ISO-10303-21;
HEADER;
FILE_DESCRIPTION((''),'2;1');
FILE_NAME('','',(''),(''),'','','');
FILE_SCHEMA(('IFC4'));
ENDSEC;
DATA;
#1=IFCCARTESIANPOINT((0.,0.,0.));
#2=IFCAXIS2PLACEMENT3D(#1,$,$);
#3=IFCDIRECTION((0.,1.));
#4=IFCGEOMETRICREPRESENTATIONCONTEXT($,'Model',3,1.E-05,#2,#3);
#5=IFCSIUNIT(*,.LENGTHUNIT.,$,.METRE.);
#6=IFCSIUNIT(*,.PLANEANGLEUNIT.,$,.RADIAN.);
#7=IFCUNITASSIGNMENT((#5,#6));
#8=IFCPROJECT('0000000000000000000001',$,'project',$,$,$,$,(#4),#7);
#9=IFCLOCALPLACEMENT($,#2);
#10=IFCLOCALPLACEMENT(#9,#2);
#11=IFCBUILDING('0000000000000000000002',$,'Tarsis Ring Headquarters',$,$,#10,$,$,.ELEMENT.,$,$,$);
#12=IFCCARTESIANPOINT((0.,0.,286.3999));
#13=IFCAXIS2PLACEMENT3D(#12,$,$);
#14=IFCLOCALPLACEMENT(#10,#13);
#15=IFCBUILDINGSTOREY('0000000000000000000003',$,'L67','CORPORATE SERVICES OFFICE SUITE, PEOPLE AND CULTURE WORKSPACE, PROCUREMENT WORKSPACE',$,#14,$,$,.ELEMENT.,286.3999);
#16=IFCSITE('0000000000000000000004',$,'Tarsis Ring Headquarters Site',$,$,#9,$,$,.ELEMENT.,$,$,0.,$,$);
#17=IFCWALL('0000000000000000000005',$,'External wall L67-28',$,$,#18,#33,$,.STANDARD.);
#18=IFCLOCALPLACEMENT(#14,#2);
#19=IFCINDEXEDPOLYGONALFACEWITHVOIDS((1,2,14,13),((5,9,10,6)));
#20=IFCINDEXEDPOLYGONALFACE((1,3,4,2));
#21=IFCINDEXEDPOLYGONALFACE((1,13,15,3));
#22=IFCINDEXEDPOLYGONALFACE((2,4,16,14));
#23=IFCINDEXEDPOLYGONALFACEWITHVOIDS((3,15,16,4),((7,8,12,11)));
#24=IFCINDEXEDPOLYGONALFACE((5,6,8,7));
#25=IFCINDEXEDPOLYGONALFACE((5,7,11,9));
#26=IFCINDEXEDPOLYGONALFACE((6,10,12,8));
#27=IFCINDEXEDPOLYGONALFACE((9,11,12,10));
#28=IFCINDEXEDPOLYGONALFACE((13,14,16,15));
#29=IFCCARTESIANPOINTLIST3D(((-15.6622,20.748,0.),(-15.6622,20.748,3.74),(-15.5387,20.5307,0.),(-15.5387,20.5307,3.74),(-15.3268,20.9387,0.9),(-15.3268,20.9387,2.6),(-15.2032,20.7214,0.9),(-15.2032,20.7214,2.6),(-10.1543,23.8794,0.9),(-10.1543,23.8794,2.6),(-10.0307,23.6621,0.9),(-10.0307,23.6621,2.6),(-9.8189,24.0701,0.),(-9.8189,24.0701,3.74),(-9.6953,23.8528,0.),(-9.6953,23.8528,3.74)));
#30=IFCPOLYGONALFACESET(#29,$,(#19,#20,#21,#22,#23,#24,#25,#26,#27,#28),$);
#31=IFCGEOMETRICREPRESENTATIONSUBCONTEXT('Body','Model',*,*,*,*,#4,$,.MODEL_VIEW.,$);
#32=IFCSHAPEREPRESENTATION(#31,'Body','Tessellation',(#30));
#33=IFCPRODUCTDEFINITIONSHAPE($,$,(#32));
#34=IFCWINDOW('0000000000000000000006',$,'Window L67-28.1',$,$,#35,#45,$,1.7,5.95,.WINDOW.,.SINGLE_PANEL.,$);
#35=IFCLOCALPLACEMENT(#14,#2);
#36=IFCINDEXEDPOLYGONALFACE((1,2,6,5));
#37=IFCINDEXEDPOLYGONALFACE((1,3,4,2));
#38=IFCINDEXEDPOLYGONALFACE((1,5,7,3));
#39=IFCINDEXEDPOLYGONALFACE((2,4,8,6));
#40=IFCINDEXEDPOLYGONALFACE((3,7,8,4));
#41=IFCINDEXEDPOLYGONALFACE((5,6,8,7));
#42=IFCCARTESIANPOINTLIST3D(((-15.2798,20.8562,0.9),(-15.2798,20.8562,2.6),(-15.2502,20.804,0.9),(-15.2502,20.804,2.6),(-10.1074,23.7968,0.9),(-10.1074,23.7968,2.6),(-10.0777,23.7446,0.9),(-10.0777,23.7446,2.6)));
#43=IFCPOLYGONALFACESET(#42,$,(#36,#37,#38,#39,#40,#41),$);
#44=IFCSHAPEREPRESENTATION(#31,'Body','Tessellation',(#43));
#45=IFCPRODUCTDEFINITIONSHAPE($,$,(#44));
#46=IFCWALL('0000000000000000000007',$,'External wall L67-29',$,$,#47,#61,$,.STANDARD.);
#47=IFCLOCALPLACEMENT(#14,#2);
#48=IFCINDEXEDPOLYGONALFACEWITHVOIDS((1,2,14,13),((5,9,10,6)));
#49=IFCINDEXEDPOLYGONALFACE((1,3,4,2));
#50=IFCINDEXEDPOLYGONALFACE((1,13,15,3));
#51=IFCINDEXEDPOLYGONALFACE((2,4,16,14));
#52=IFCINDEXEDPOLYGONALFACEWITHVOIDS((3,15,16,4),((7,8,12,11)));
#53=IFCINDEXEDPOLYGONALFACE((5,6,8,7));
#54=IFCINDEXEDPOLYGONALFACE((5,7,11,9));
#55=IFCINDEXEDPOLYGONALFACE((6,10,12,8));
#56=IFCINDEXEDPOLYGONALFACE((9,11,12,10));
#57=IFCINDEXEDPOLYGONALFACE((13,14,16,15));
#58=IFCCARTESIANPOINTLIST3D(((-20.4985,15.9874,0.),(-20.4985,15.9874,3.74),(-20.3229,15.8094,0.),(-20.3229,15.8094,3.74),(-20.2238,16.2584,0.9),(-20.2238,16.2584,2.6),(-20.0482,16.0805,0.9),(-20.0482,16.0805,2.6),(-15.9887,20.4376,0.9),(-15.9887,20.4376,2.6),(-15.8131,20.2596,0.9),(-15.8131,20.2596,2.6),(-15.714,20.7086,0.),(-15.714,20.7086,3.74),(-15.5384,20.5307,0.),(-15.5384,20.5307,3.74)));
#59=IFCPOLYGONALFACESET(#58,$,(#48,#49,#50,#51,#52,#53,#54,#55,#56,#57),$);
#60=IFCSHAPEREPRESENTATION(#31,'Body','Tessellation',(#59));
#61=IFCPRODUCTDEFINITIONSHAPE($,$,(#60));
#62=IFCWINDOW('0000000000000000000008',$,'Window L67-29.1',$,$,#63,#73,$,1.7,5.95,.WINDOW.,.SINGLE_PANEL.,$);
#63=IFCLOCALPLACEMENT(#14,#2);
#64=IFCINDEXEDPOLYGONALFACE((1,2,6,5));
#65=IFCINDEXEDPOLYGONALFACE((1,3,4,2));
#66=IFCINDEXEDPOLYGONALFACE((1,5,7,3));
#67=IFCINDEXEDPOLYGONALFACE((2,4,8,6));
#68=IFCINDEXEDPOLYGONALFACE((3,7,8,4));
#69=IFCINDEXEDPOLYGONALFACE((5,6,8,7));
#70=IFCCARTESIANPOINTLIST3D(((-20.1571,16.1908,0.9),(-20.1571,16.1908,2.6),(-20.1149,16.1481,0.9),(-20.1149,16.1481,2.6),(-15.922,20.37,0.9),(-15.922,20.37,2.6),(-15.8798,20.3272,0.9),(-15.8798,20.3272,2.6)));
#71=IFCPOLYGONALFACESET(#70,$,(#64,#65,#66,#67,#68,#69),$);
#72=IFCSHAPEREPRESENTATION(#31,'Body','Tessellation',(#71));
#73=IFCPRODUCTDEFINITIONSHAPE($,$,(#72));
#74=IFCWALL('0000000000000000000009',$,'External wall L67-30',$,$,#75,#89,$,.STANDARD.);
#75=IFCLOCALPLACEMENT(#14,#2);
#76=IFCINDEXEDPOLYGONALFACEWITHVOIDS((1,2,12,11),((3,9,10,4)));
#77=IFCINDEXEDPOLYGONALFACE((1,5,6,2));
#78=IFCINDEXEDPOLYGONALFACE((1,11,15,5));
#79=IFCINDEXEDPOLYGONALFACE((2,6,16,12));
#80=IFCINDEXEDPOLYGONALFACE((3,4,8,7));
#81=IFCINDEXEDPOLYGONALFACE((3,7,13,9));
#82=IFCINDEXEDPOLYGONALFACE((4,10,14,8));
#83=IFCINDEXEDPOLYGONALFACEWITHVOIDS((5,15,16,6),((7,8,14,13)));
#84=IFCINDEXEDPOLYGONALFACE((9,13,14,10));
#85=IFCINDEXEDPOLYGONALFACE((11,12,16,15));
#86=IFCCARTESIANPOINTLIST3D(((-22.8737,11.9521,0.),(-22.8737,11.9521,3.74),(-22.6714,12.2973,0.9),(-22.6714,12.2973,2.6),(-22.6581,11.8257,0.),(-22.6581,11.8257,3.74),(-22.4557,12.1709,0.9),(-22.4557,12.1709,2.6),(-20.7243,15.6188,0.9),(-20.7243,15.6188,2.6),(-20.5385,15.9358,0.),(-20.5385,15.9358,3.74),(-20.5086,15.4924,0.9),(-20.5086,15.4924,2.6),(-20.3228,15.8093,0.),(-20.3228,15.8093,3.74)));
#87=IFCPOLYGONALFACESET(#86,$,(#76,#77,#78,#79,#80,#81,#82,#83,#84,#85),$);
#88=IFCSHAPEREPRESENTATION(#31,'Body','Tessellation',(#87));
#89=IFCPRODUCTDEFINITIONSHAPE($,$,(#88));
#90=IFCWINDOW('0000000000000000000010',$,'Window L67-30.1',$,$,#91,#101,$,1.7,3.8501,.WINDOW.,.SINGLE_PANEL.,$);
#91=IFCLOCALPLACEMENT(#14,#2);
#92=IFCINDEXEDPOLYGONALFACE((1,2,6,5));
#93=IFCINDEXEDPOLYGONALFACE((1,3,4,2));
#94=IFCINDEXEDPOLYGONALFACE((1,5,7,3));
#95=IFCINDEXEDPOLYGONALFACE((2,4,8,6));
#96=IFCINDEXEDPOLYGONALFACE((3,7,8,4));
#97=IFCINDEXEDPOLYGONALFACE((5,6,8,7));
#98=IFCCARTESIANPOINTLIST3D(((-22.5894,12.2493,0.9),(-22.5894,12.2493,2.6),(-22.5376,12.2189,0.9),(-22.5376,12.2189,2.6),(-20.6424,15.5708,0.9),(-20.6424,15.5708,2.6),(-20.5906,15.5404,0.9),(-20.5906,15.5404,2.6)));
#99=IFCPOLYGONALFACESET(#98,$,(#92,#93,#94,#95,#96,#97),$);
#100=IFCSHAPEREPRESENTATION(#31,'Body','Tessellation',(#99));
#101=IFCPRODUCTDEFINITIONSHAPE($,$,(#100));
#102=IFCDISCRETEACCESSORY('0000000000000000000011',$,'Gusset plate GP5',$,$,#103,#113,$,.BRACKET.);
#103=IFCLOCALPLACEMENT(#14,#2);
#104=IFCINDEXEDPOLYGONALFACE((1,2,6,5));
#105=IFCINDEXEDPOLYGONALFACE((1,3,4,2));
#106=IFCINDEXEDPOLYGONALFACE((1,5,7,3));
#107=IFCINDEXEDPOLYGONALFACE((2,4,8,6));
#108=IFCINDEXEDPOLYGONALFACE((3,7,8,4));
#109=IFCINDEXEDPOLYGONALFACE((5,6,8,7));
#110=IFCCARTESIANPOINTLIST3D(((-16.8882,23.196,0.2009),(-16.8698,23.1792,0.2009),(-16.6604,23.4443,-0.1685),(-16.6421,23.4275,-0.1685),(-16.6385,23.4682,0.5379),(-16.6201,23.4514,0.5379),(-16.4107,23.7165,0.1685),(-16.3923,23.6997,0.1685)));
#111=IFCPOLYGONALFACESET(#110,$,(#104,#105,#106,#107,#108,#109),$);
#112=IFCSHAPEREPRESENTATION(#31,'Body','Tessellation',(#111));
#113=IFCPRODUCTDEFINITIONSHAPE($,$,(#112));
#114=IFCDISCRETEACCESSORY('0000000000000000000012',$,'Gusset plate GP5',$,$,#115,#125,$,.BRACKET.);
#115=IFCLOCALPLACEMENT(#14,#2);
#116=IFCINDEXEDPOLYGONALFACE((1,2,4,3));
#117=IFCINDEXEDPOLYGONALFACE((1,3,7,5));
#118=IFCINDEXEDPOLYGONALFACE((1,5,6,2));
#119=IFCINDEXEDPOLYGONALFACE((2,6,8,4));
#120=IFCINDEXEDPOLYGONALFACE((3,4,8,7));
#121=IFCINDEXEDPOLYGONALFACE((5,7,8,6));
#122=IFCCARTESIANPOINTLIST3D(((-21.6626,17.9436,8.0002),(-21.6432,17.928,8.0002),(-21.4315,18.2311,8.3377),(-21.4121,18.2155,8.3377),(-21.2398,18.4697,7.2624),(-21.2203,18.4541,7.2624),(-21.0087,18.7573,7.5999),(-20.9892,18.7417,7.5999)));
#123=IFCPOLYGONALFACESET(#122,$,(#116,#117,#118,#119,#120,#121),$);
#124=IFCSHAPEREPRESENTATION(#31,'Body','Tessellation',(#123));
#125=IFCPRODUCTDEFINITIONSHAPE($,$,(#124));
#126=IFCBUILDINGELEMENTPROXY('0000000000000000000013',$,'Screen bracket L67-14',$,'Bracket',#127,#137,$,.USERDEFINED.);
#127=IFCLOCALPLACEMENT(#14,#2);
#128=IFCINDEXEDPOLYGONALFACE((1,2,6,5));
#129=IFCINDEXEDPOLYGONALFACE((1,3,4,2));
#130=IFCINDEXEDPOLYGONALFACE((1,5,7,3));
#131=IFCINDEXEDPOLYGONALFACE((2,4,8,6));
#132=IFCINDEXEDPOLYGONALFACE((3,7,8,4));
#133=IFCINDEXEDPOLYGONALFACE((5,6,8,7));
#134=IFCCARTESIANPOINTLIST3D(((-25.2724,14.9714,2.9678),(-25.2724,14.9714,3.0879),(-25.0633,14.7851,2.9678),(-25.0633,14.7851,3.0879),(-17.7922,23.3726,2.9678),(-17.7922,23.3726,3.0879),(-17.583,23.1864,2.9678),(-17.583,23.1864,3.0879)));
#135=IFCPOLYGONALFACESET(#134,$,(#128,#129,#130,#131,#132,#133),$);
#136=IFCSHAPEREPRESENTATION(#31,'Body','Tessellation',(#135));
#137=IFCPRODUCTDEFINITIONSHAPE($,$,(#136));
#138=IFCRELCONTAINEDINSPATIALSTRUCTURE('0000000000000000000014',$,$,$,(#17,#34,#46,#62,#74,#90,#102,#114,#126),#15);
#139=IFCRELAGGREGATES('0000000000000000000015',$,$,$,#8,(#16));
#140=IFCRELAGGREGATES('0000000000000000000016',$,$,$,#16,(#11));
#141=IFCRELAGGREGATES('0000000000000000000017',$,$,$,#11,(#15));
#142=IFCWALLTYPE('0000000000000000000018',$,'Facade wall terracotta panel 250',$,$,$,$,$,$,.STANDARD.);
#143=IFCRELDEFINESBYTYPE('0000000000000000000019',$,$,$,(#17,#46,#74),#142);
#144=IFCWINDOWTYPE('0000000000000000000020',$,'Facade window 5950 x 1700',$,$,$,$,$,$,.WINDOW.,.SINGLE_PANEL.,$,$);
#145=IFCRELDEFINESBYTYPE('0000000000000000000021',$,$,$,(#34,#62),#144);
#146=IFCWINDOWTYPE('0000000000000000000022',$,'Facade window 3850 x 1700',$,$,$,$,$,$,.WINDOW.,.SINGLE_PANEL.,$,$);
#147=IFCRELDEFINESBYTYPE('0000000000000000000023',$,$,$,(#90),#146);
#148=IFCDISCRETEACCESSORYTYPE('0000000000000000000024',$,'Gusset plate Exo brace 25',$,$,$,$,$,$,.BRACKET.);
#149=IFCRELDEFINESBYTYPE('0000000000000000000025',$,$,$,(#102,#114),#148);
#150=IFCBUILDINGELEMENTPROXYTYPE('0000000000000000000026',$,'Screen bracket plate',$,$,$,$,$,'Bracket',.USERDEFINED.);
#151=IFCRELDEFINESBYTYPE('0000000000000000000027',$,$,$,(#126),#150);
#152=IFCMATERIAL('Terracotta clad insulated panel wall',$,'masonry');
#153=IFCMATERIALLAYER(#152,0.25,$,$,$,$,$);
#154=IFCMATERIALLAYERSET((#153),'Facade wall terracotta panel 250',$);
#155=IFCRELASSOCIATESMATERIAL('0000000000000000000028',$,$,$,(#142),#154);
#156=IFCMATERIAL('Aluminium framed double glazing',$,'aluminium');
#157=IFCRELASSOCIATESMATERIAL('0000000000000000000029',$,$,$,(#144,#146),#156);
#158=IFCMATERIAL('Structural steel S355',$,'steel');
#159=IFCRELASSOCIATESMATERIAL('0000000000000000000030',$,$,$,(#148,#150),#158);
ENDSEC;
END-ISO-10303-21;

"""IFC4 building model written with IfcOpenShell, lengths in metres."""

from ifc_helpers import new_model, si_unit, direction, frame, frame_2d, origin, origin_2d, place, context, subcontext, project, spatial, rectangle, extrude, material, layer, layer_set, material_profile, profile_set, type_object, element, fill, save


model = new_model("IFC4")

# Units and contexts
model_context = context("Model", 3, precision=1e-05, world=origin(), true_north=direction((0.0, 1.0)))
body_context = subcontext(model_context, "Body", "Model", "MODEL_VIEW")
ifc_project = project(units=[si_unit("LENGTHUNIT", "METRE"), si_unit("PLANEANGLEUNIT", "RADIAN")], contexts=[model_context])

# Site, building, storey
site_placement = place(None, origin())
site = spatial("IfcSite", under=ifc_project, at=site_placement, Name="Tarsis Ring Headquarters Site", CompositionType="ELEMENT", RefElevation=0.0)
building_placement = place(site_placement, origin())
building = spatial("IfcBuilding", under=site, at=building_placement, Name="Tarsis Ring Headquarters", CompositionType="ELEMENT")
storey_placement = place(building_placement, frame((0.0, 0.0, 286.3999)))
storey = spatial("IfcBuildingStorey", under=building, at=storey_placement, Name="L67", Description="CORPORATE SERVICES OFFICE SUITE, PEOPLE AND CULTURE WORKSPACE, PROCUREMENT WORKSPACE", CompositionType="ELEMENT", Elevation=286.3999)

# Shared definitions
ifc_material_1 = material(Name="Structural steel S355", Category="steel")

# Walls, openings, windows
ifc_material_2 = material(Name="Terracotta clad insulated panel wall", Category="masonry")
ifc_layer_1 = layer(ifc_material_2, 0.25)
ifc_layer_set_1 = layer_set([ifc_layer_1], Name="Facade wall terracotta panel 250")
wall_type_1 = type_object("IfcWallType", Name="Facade wall terracotta panel 250", PredefinedType="STANDARD", material=ifc_layer_set_1)
wall_1_placement = place(storey_placement, frame((-9.7571, 23.9614, 0.0), z_axis=(0.0, 0.0, 1.0), x_axis=(-0.86933, -0.494233, 0.0)))
wall_1 = element("IfcWall", 1, at=wall_1_placement, inside=storey, type_object=wall_type_1, Name="External wall L67-28", PredefinedType="STANDARD", context=body_context, shape_type="SweptSolid", body=[
    extrude(rectangle(XDim=6.7217, YDim=0.25, at=frame_2d((3.3608, 0.0))), origin(), (0.0, 0.0, 1.0), 3.74),
])
opening_1_placement = place(wall_1_placement, frame((0.3857, 0.0, 0.8999)))
opening_1 = element("IfcOpeningElement", 2, at=opening_1_placement, cuts=wall_1, PredefinedType="OPENING", context=body_context, shape_type="SweptSolid", body=[
    extrude(rectangle(XDim=5.95, YDim=1.7, at=frame_2d((2.9751, 0.8501))), frame((0.0, 0.135, 0.0), z_axis=(0.0, -1.0, 0.0), x_axis=(1.0, 0.0, 0.0)), (0.0, 0.0, 1.0), 0.27),
])
ifc_material_3 = material(Name="Aluminium framed double glazing", Category="aluminium")
window_type_1 = type_object("IfcWindowType", Name="Facade window 5950 x 1700", PartitioningType="SINGLE_PANEL", PredefinedType="WINDOW", material=ifc_material_3)
window_1_placement = place(opening_1_placement, origin())
window_1 = element("IfcWindow", 3, at=window_1_placement, inside=storey, type_object=window_type_1, Name="Window L67-28.1", OverallHeight=1.7, OverallWidth=5.95, PartitioningType="SINGLE_PANEL", PredefinedType="WINDOW", context=body_context, shape_type="SweptSolid", body=[
    extrude(rectangle(XDim=5.95, YDim=1.7, at=frame_2d((2.9751, 0.8501))), frame((0.0, 0.03, 0.0), z_axis=(0.0, -1.0, 0.0), x_axis=(1.0, 0.0, 0.0)), (0.0, 0.0, 1.0), 0.0601),
])
fill(opening_1, window_1)
wall_2_placement = place(storey_placement, frame((-15.6262, 20.6196, 0.0), z_axis=(0.0, 0.0, 1.0), x_axis=(-0.711795, -0.702387, 0.0)))
wall_2 = element("IfcWall", 4, at=wall_2_placement, inside=storey, type_object=wall_type_1, Name="External wall L67-29", PredefinedType="STANDARD", context=body_context, shape_type="SweptSolid", body=[
    extrude(rectangle(XDim=6.7217, YDim=0.25, at=frame_2d((3.3608, 0.0))), origin(), (0.0, 0.0, 1.0), 3.74),
])
opening_2_placement = place(wall_2_placement, frame((0.3857, 0.0, 0.8999)))
opening_2 = element("IfcOpeningElement", 5, at=opening_2_placement, cuts=wall_2, PredefinedType="OPENING", context=body_context, shape_type="SweptSolid", body=[
    extrude(rectangle(XDim=5.95, YDim=1.7, at=frame_2d((2.9751, 0.8501))), frame((0.0, 0.135, 0.0), z_axis=(0.0, -1.0, 0.0), x_axis=(1.0, 0.0, 0.0)), (0.0, 0.0, 1.0), 0.27),
])
window_2_placement = place(opening_2_placement, origin())
window_2 = element("IfcWindow", 6, at=window_2_placement, inside=storey, type_object=window_type_1, Name="Window L67-29.1", OverallHeight=1.7, OverallWidth=5.95, PartitioningType="SINGLE_PANEL", PredefinedType="WINDOW", context=body_context, shape_type="SweptSolid", body=[
    extrude(rectangle(XDim=5.95, YDim=1.7, at=frame_2d((2.9751, 0.8501))), frame((0.0, 0.03, 0.0), z_axis=(0.0, -1.0, 0.0), x_axis=(1.0, 0.0, 0.0)), (0.0, 0.0, 1.0), 0.0601),
])
fill(opening_2, window_2)
wall_3_placement = place(storey_placement, frame((-20.4307, 15.8726, 0.0), z_axis=(0.0, 0.0, 1.0), x_axis=(-0.505714, -0.862701, 0.0)))
wall_3 = element("IfcWall", 7, at=wall_3_placement, inside=storey, type_object=wall_type_1, Name="External wall L67-30", PredefinedType="STANDARD", context=body_context, shape_type="SweptSolid", body=[
    extrude(rectangle(XDim=4.6177, YDim=0.25, at=frame_2d((2.3088, 0.0))), origin(), (0.0, 0.0, 1.0), 3.74),
])
opening_3_placement = place(wall_3_placement, frame((0.3674, 0.0, 0.8999)))
opening_3 = element("IfcOpeningElement", 8, at=opening_3_placement, cuts=wall_3, PredefinedType="OPENING", context=body_context, shape_type="SweptSolid", body=[
    extrude(rectangle(XDim=3.8501, YDim=1.7, at=frame_2d((1.925, 0.8501))), frame((0.0, 0.135, 0.0), z_axis=(0.0, -1.0, 0.0), x_axis=(1.0, 0.0, 0.0)), (0.0, 0.0, 1.0), 0.27),
])
window_type_2 = type_object("IfcWindowType", Name="Facade window 3850 x 1700", PartitioningType="SINGLE_PANEL", PredefinedType="WINDOW", material=ifc_material_3)
window_3_placement = place(opening_3_placement, origin())
window_3 = element("IfcWindow", 9, at=window_3_placement, inside=storey, type_object=window_type_2, Name="Window L67-30.1", OverallHeight=1.7, OverallWidth=3.8501, PartitioningType="SINGLE_PANEL", PredefinedType="WINDOW", context=body_context, shape_type="SweptSolid", body=[
    extrude(rectangle(XDim=3.8501, YDim=1.7, at=frame_2d((1.925, 0.8501))), frame((0.0, 0.03, 0.0), z_axis=(0.0, -1.0, 0.0), x_axis=(1.0, 0.0, 0.0)), (0.0, 0.0, 1.0), 0.0601),
])
fill(opening_3, window_3)

# Discrete accessories
ifc_material_profile_1 = material_profile(ifc_material_1, rectangle(XDim=0.0249, YDim=0.5, at=origin_2d()), Name="PL 25x500")
ifc_profile_set_1 = profile_set([ifc_material_profile_1], Name="Structural steel S355")
discrete_accessory_type = type_object("IfcDiscreteAccessoryType", Name="Gusset plate Exo brace 25", PredefinedType="BRACKET", material=ifc_profile_set_1)
discrete_accessory_1_placement = place(storey_placement, frame((-16.5264, 23.572, 0.0), z_axis=(-0.455586, -0.496603, 0.738801), x_axis=(0.736883, -0.67602, 0.0)))
element("IfcDiscreteAccessory", 10, at=discrete_accessory_1_placement, inside=storey, type_object=discrete_accessory_type, Name="Gusset plate GP5", PredefinedType="BRACKET", context=body_context, shape_type="SweptSolid", body=[
    extrude(rectangle(XDim=0.0249, YDim=0.5, at=origin_2d()), origin(), (0.0, 0.0, 1.0), 0.5),
])
discrete_accessory_2_placement = place(storey_placement, frame((-21.1145, 18.6057, 7.4312), z_axis=(-0.422863, -0.526137, 0.737812), x_axis=(0.779455, -0.626458, 0.0)))
element("IfcDiscreteAccessory", 11, at=discrete_accessory_2_placement, inside=storey, type_object=discrete_accessory_type, Name="Gusset plate GP5", PredefinedType="BRACKET", context=body_context, shape_type="SweptSolid", body=[
    extrude(rectangle(XDim=0.0249, YDim=0.5, at=origin_2d()), origin(), (0.0, 0.0, 1.0), 1.0),
])

# Building element proxy
building_element_proxy_type = type_object("IfcBuildingElementProxyType", Name="Screen bracket plate", ElementType="Bracket", PredefinedType="USERDEFINED", material=ifc_material_1)
proxy_placement = place(storey_placement, frame((-21.4277, 19.0789, 2.9678), z_axis=(0.0, 0.0, 1.0), x_axis=(-0.664986, -0.746856, 0.0)))
element("IfcBuildingElementProxy", 12, at=proxy_placement, inside=storey, type_object=building_element_proxy_type, Name="Screen bracket L67-14", ObjectType="Bracket", PredefinedType="USERDEFINED", context=body_context, shape_type="SweptSolid", body=[
    extrude(rectangle(XDim=11.2488, YDim=0.28, at=origin_2d()), origin(), (0.0, 0.0, 1.0), 0.1201),
])

save(model, "model.ifc")
